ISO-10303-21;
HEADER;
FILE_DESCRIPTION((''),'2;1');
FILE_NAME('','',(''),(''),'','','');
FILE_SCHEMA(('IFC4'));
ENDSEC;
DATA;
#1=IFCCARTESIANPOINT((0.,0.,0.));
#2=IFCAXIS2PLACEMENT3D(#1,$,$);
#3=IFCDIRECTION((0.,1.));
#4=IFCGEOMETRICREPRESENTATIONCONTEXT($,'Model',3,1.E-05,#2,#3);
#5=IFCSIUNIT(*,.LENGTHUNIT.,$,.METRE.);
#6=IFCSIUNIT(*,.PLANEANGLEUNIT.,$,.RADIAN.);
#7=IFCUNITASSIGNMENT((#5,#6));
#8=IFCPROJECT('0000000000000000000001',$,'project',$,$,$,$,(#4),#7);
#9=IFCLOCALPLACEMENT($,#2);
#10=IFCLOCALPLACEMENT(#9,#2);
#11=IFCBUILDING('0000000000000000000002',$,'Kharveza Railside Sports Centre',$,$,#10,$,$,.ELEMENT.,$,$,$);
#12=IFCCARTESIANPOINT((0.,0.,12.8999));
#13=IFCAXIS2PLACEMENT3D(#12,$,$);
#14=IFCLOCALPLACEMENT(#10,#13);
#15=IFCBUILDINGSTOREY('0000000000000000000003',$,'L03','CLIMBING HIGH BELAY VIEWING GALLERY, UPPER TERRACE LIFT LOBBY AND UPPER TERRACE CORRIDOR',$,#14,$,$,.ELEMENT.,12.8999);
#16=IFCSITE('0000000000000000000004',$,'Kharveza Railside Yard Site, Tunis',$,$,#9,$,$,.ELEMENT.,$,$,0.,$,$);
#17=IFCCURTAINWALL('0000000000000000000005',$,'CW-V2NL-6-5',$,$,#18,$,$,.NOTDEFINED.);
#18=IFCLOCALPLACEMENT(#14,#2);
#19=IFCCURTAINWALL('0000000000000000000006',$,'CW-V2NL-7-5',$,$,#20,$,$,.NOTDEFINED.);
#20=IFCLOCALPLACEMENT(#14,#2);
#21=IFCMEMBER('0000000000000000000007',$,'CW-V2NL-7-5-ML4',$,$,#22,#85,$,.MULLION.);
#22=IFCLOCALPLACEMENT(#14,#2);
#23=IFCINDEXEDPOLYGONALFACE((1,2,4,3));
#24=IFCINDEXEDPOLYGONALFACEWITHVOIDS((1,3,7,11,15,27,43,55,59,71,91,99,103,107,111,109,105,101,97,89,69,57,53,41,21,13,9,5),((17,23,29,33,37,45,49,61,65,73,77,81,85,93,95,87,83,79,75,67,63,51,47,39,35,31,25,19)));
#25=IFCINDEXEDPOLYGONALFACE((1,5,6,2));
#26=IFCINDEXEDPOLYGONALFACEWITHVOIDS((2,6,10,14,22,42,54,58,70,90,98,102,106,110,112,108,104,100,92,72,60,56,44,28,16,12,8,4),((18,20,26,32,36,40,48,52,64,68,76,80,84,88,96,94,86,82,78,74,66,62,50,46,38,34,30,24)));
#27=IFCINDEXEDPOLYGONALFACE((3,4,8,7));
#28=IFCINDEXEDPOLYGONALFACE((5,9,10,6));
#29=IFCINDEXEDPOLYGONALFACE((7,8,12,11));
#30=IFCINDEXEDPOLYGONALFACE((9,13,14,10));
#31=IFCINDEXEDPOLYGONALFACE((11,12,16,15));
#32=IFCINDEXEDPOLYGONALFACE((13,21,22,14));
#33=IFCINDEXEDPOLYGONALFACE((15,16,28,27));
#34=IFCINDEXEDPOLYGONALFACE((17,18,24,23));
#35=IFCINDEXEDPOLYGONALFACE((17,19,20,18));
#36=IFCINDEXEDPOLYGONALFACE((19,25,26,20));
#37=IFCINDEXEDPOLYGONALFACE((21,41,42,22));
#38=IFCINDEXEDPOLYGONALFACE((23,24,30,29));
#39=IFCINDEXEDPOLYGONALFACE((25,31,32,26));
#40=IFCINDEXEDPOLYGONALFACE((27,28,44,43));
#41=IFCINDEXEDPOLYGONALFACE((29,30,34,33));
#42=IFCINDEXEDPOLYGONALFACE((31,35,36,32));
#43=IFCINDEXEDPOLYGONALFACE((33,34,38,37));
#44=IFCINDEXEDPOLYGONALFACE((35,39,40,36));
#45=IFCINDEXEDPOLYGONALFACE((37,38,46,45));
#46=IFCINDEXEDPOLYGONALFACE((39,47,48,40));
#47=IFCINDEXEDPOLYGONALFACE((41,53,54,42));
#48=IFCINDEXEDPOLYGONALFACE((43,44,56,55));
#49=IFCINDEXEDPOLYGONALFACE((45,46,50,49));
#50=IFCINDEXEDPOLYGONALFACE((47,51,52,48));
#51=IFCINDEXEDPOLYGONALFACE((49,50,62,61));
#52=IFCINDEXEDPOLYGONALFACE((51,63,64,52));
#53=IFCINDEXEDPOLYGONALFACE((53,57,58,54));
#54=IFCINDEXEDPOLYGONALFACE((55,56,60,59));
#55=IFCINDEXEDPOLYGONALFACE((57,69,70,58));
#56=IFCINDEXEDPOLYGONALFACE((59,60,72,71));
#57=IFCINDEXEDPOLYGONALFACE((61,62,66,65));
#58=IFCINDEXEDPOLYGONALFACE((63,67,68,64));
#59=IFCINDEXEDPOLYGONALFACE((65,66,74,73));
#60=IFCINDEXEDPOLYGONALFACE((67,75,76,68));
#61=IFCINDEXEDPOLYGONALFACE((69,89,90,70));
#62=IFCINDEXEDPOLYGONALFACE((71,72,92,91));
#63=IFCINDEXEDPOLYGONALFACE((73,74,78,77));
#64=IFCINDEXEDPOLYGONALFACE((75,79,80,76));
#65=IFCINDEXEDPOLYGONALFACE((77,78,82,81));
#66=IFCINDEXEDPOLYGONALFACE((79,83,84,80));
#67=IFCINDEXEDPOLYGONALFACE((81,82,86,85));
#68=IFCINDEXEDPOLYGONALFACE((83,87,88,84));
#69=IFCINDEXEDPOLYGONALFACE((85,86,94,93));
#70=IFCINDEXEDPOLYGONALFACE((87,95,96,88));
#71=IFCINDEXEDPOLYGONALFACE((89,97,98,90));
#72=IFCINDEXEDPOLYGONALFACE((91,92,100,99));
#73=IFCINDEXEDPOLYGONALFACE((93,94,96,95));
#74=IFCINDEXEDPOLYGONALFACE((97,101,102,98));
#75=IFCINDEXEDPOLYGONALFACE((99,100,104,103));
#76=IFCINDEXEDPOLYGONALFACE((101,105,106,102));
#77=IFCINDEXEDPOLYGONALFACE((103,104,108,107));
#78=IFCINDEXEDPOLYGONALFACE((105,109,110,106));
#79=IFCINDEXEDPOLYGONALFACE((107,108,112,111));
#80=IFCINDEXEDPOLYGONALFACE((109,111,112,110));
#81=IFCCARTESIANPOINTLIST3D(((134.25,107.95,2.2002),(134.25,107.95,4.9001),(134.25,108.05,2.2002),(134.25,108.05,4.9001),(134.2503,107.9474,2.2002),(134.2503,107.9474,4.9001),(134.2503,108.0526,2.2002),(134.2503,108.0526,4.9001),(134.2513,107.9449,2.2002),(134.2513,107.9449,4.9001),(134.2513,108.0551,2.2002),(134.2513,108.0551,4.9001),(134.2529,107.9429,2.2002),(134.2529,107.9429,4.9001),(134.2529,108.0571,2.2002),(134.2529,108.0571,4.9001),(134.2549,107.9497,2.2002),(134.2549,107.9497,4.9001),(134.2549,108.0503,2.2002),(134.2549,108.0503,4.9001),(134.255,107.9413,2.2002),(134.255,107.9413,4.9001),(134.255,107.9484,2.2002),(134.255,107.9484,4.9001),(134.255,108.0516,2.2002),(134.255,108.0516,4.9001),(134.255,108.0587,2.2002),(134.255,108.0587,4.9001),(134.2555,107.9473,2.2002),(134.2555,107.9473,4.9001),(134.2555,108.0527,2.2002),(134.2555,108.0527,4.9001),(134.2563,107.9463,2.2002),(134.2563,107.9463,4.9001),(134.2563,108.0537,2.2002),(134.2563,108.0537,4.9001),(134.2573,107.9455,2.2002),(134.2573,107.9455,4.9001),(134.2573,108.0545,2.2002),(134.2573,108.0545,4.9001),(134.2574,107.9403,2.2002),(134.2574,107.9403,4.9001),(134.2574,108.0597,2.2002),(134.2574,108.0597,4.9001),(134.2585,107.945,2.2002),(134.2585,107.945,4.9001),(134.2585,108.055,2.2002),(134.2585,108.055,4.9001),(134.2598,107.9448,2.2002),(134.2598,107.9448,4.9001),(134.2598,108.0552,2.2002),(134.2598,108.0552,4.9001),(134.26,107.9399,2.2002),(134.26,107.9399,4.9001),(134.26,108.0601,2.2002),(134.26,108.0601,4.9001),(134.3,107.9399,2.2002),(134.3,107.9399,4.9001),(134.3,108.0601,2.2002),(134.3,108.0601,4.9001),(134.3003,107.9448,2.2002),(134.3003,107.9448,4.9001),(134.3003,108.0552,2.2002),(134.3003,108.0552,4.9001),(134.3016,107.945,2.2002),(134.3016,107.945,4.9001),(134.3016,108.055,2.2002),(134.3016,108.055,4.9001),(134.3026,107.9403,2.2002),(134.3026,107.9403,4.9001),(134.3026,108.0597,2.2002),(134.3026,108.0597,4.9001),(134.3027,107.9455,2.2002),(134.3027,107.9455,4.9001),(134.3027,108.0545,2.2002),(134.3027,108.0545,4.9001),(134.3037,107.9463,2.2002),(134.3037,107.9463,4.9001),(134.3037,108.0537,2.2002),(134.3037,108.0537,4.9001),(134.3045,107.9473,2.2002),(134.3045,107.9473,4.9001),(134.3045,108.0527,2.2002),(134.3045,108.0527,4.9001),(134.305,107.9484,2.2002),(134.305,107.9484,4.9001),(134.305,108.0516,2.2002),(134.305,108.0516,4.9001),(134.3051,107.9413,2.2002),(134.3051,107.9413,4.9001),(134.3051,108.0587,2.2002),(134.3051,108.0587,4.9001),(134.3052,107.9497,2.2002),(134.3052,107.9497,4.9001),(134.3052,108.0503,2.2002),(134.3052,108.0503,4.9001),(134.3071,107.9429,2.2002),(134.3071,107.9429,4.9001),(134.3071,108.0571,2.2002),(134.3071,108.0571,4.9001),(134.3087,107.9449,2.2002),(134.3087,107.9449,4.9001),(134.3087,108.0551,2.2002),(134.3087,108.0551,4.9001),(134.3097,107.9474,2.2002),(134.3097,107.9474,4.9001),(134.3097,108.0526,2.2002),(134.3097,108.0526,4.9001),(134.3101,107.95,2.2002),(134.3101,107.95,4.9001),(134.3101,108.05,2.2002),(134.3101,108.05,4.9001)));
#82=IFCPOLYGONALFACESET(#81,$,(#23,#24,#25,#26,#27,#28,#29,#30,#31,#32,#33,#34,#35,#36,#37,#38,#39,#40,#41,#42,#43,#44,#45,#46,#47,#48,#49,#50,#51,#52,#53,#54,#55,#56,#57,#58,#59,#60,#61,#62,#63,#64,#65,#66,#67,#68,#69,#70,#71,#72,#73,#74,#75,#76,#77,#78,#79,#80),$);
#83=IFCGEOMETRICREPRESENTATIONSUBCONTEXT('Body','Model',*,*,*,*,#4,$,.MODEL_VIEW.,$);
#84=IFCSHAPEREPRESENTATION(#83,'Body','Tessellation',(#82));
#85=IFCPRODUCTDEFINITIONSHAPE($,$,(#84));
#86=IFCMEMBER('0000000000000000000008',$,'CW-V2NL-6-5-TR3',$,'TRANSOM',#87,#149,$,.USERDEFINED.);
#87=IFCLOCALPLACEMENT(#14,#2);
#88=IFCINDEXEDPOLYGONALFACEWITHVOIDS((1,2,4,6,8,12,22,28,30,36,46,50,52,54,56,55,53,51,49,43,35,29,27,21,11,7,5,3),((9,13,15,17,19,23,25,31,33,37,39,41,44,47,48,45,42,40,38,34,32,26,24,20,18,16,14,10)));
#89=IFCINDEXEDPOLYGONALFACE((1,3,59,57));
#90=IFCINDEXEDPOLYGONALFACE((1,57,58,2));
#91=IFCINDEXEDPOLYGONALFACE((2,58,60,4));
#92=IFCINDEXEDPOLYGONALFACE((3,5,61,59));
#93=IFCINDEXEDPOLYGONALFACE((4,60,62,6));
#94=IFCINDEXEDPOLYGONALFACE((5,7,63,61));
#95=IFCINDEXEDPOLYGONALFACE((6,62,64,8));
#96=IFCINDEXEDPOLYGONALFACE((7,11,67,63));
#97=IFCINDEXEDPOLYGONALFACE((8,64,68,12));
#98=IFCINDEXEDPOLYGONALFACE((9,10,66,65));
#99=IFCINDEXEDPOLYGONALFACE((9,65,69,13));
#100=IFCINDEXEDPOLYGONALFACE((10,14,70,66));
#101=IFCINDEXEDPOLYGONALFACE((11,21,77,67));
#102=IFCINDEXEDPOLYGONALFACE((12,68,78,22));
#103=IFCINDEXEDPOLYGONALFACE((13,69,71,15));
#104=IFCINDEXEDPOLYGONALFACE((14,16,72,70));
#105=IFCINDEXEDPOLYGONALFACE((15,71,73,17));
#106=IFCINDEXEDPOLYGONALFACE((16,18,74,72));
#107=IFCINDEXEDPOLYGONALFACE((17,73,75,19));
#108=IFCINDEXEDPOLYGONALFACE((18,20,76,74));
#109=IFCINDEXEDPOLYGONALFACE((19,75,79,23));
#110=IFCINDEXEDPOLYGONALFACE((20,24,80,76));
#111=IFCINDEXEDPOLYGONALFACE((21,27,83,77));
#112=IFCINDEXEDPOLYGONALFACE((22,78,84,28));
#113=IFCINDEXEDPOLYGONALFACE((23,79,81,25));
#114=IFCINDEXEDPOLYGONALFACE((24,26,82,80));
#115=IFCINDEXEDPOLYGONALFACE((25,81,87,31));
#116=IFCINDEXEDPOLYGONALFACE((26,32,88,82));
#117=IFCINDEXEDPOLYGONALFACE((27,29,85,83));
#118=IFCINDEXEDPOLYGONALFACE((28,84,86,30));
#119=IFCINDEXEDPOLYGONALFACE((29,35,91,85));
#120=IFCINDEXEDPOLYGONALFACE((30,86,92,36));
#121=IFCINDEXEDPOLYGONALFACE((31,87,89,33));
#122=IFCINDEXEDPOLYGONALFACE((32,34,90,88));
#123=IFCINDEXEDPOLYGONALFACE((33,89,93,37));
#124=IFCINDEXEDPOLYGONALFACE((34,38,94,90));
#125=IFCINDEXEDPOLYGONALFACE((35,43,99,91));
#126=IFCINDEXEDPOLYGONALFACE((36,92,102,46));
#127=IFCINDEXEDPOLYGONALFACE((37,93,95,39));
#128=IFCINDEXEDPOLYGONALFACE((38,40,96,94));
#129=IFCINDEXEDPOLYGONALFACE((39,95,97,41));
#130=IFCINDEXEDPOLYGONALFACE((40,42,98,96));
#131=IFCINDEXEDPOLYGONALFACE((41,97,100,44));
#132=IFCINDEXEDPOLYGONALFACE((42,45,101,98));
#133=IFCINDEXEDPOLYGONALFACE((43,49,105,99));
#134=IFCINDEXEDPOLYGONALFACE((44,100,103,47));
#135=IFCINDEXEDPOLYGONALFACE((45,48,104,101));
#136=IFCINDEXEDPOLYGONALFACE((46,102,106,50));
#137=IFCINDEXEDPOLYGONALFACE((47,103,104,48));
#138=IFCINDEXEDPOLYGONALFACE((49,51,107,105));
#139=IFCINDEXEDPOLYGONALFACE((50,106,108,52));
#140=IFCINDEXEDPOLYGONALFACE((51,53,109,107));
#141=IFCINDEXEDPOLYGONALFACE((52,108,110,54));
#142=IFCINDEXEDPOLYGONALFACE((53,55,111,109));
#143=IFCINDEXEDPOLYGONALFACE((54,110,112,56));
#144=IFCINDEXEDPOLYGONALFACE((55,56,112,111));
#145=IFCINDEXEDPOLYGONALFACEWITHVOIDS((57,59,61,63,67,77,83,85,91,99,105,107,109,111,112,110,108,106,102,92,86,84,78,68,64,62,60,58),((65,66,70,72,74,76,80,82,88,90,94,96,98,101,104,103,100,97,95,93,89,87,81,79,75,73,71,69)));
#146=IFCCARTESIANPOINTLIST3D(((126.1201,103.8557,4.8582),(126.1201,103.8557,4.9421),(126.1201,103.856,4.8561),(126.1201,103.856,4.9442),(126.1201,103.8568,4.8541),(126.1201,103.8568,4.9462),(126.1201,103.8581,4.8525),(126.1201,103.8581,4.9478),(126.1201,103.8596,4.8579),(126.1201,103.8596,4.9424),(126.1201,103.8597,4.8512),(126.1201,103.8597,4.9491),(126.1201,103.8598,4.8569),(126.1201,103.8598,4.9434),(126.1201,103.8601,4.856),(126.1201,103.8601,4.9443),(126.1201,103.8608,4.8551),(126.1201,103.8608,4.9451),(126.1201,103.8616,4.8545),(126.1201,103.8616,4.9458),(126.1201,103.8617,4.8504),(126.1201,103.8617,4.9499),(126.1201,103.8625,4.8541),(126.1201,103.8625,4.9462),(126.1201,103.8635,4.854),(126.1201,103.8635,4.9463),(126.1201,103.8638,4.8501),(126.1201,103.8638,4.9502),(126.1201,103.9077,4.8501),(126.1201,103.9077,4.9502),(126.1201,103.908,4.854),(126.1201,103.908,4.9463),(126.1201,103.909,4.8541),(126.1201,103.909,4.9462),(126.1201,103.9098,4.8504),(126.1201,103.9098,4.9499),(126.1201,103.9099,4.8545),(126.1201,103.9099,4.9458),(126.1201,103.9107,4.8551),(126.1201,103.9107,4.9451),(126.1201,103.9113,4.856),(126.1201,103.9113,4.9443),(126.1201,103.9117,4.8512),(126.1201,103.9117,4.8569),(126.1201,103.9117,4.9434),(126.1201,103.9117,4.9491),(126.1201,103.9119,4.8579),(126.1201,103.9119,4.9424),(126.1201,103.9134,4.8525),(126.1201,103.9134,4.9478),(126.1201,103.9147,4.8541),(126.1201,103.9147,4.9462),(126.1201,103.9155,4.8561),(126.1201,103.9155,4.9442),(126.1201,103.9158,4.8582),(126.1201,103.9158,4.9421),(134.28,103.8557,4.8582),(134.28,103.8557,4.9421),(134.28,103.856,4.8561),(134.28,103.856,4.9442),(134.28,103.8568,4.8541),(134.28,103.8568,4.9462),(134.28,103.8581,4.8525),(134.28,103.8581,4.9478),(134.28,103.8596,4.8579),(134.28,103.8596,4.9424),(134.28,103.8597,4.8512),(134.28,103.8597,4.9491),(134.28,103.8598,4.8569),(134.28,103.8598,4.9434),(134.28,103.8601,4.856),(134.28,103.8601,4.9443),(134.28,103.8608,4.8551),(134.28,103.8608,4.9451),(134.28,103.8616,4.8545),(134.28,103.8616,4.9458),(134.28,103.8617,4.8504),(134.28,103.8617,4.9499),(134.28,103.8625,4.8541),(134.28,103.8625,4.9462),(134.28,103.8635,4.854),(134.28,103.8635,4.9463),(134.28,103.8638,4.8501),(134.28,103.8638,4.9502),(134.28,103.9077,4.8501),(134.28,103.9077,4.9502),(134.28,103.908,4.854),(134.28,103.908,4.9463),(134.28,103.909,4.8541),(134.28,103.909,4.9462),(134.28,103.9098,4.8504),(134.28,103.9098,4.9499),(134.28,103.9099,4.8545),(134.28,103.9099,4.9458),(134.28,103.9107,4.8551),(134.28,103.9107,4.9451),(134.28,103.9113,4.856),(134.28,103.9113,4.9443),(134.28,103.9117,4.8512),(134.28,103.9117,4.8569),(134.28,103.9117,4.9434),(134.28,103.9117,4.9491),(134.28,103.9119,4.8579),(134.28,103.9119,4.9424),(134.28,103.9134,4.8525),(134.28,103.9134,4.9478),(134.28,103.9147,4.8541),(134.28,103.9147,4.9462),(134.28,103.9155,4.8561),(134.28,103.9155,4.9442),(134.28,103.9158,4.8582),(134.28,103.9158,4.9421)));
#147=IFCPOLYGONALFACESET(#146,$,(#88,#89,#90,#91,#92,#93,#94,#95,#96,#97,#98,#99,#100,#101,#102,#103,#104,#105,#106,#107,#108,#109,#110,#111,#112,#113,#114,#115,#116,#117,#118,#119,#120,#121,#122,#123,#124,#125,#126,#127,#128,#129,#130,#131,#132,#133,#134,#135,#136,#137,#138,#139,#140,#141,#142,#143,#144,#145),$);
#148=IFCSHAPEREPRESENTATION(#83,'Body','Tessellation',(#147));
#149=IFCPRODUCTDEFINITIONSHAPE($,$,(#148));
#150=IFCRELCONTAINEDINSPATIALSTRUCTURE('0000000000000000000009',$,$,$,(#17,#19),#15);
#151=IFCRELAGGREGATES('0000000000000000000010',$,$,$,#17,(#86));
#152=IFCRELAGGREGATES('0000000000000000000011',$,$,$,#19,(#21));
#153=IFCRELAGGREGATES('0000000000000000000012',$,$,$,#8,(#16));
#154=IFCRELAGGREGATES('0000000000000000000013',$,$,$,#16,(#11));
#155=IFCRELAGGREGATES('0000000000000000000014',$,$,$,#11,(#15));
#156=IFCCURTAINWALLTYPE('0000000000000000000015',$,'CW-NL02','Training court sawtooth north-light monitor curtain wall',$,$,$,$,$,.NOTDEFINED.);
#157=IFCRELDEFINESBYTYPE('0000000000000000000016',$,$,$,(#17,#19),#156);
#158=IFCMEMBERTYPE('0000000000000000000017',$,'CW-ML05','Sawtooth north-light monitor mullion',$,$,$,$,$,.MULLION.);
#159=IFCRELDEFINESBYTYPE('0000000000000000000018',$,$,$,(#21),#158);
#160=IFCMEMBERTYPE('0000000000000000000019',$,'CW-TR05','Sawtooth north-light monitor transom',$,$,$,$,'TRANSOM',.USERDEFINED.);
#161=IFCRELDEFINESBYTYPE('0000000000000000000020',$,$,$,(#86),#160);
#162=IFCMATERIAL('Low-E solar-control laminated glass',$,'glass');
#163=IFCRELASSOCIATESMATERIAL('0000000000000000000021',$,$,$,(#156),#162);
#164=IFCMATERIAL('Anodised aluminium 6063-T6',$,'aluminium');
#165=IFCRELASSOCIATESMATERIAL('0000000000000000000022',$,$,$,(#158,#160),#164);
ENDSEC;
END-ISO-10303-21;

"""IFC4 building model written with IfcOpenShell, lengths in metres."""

from ifc_helpers import new_model, si_unit, direction, frame, origin, origin_2d, place, context, subcontext, project, spatial, hollow_rectangle, extrude, material, material_profile, profile_set, type_object, element, aggregate, save


model = new_model("IFC4")

# Units and contexts
model_context = context("Model", 3, precision=1e-05, world=origin(), true_north=direction((0.0, 1.0)))
body_context = subcontext(model_context, "Body", "Model", "MODEL_VIEW")
ifc_project = project(units=[si_unit("LENGTHUNIT", "METRE"), si_unit("PLANEANGLEUNIT", "RADIAN")], contexts=[model_context])

# Site, building, storey
site_placement = place(None, origin())
site = spatial("IfcSite", under=ifc_project, at=site_placement, Name="Kharveza Railside Yard Site, Tunis", CompositionType="ELEMENT", RefElevation=0.0)
building_placement = place(site_placement, origin())
building = spatial("IfcBuilding", under=site, at=building_placement, Name="Kharveza Railside Sports Centre", CompositionType="ELEMENT")
storey_placement = place(building_placement, frame((0.0, 0.0, 12.8999)))
storey = spatial("IfcBuildingStorey", under=building, at=storey_placement, Name="L03", Description="CLIMBING HIGH BELAY VIEWING GALLERY, UPPER TERRACE LIFT LOBBY AND UPPER TERRACE CORRIDOR", CompositionType="ELEMENT", Elevation=12.8999)

# Curtain walls, member
ifc_material_1 = material(Name="Low-E solar-control laminated glass", Category="glass")
curtain_wall_type = type_object("IfcCurtainWallType", Name="CW-NL02", Description="Training court sawtooth north-light monitor curtain wall", PredefinedType="NOTDEFINED", material=ifc_material_1)
curtain_wall_1_placement = place(storey_placement, origin())
curtain_wall_1 = element("IfcCurtainWall", 1, at=curtain_wall_1_placement, inside=storey, type_object=curtain_wall_type, Name="CW-V2NL-6-5", PredefinedType="NOTDEFINED")
ifc_material_2 = material(Name="Anodised aluminium 6063-T6", Category="aluminium")
ifc_material_profile_1 = material_profile(ifc_material_2, hollow_rectangle(XDim=0.0601, YDim=0.1201, WallThickness=0.0049, InnerFilletRadius=0.0049, OuterFilletRadius=0.01, at=origin_2d()), Name="RHS 60x120x5.0")
ifc_profile_set_1 = profile_set([ifc_material_profile_1], Name="Anodised aluminium 6063-T6")
member_type_1 = type_object("IfcMemberType", Name="CW-ML05", Description="Sawtooth north-light monitor mullion", PredefinedType="MULLION", material=ifc_profile_set_1)
curtain_wall_2_placement = place(storey_placement, origin())
curtain_wall_2 = element("IfcCurtainWall", 2, at=curtain_wall_2_placement, inside=storey, type_object=curtain_wall_type, Name="CW-V2NL-7-5", PredefinedType="NOTDEFINED")
member_1_placement = place(storey_placement, frame((134.28, 108.0, 2.2002), z_axis=(0.0, 0.0, 1.0), x_axis=(1.0, 0.0, 0.0)))
member_1 = element("IfcMember", 3, at=member_1_placement, type_object=member_type_1, Name="CW-V2NL-7-5-ML4", PredefinedType="MULLION", context=body_context, shape_type="SweptSolid", body=[
    extrude(hollow_rectangle(XDim=0.0601, YDim=0.1201, WallThickness=0.0049, InnerFilletRadius=0.0049, OuterFilletRadius=0.01, at=origin_2d()), origin(), (0.0, 0.0, 1.0), 2.7),
])

# Member
ifc_material_profile_2 = material_profile(ifc_material_2, hollow_rectangle(XDim=0.0601, YDim=0.1001, WallThickness=0.0039, InnerFilletRadius=0.0039, OuterFilletRadius=0.0081, at=origin_2d()), Name="RHS 60x100x4.0")
ifc_profile_set_2 = profile_set([ifc_material_profile_2], Name="Anodised aluminium 6063-T6")
member_type_2 = type_object("IfcMemberType", Name="CW-TR05", Description="Sawtooth north-light monitor transom", ElementType="TRANSOM", PredefinedType="USERDEFINED", material=ifc_profile_set_2)
member_2_placement = place(storey_placement, frame((126.1201, 103.8857, 4.9001), z_axis=(1.0, 0.0, 0.0), x_axis=(0.0, 1.0, 0.0)))
member_2 = element("IfcMember", 4, at=member_2_placement, type_object=member_type_2, Name="CW-V2NL-6-5-TR3", ObjectType="TRANSOM", PredefinedType="USERDEFINED", context=body_context, shape_type="SweptSolid", body=[
    extrude(hollow_rectangle(XDim=0.0601, YDim=0.1001, WallThickness=0.0039, InnerFilletRadius=0.0039, OuterFilletRadius=0.0081, at=origin_2d()), origin(), (0.0, 0.0, 1.0), 8.1599),
])

aggregate(curtain_wall_1, [member_2])
aggregate(curtain_wall_2, [member_1])

save(model, "model.ifc")
